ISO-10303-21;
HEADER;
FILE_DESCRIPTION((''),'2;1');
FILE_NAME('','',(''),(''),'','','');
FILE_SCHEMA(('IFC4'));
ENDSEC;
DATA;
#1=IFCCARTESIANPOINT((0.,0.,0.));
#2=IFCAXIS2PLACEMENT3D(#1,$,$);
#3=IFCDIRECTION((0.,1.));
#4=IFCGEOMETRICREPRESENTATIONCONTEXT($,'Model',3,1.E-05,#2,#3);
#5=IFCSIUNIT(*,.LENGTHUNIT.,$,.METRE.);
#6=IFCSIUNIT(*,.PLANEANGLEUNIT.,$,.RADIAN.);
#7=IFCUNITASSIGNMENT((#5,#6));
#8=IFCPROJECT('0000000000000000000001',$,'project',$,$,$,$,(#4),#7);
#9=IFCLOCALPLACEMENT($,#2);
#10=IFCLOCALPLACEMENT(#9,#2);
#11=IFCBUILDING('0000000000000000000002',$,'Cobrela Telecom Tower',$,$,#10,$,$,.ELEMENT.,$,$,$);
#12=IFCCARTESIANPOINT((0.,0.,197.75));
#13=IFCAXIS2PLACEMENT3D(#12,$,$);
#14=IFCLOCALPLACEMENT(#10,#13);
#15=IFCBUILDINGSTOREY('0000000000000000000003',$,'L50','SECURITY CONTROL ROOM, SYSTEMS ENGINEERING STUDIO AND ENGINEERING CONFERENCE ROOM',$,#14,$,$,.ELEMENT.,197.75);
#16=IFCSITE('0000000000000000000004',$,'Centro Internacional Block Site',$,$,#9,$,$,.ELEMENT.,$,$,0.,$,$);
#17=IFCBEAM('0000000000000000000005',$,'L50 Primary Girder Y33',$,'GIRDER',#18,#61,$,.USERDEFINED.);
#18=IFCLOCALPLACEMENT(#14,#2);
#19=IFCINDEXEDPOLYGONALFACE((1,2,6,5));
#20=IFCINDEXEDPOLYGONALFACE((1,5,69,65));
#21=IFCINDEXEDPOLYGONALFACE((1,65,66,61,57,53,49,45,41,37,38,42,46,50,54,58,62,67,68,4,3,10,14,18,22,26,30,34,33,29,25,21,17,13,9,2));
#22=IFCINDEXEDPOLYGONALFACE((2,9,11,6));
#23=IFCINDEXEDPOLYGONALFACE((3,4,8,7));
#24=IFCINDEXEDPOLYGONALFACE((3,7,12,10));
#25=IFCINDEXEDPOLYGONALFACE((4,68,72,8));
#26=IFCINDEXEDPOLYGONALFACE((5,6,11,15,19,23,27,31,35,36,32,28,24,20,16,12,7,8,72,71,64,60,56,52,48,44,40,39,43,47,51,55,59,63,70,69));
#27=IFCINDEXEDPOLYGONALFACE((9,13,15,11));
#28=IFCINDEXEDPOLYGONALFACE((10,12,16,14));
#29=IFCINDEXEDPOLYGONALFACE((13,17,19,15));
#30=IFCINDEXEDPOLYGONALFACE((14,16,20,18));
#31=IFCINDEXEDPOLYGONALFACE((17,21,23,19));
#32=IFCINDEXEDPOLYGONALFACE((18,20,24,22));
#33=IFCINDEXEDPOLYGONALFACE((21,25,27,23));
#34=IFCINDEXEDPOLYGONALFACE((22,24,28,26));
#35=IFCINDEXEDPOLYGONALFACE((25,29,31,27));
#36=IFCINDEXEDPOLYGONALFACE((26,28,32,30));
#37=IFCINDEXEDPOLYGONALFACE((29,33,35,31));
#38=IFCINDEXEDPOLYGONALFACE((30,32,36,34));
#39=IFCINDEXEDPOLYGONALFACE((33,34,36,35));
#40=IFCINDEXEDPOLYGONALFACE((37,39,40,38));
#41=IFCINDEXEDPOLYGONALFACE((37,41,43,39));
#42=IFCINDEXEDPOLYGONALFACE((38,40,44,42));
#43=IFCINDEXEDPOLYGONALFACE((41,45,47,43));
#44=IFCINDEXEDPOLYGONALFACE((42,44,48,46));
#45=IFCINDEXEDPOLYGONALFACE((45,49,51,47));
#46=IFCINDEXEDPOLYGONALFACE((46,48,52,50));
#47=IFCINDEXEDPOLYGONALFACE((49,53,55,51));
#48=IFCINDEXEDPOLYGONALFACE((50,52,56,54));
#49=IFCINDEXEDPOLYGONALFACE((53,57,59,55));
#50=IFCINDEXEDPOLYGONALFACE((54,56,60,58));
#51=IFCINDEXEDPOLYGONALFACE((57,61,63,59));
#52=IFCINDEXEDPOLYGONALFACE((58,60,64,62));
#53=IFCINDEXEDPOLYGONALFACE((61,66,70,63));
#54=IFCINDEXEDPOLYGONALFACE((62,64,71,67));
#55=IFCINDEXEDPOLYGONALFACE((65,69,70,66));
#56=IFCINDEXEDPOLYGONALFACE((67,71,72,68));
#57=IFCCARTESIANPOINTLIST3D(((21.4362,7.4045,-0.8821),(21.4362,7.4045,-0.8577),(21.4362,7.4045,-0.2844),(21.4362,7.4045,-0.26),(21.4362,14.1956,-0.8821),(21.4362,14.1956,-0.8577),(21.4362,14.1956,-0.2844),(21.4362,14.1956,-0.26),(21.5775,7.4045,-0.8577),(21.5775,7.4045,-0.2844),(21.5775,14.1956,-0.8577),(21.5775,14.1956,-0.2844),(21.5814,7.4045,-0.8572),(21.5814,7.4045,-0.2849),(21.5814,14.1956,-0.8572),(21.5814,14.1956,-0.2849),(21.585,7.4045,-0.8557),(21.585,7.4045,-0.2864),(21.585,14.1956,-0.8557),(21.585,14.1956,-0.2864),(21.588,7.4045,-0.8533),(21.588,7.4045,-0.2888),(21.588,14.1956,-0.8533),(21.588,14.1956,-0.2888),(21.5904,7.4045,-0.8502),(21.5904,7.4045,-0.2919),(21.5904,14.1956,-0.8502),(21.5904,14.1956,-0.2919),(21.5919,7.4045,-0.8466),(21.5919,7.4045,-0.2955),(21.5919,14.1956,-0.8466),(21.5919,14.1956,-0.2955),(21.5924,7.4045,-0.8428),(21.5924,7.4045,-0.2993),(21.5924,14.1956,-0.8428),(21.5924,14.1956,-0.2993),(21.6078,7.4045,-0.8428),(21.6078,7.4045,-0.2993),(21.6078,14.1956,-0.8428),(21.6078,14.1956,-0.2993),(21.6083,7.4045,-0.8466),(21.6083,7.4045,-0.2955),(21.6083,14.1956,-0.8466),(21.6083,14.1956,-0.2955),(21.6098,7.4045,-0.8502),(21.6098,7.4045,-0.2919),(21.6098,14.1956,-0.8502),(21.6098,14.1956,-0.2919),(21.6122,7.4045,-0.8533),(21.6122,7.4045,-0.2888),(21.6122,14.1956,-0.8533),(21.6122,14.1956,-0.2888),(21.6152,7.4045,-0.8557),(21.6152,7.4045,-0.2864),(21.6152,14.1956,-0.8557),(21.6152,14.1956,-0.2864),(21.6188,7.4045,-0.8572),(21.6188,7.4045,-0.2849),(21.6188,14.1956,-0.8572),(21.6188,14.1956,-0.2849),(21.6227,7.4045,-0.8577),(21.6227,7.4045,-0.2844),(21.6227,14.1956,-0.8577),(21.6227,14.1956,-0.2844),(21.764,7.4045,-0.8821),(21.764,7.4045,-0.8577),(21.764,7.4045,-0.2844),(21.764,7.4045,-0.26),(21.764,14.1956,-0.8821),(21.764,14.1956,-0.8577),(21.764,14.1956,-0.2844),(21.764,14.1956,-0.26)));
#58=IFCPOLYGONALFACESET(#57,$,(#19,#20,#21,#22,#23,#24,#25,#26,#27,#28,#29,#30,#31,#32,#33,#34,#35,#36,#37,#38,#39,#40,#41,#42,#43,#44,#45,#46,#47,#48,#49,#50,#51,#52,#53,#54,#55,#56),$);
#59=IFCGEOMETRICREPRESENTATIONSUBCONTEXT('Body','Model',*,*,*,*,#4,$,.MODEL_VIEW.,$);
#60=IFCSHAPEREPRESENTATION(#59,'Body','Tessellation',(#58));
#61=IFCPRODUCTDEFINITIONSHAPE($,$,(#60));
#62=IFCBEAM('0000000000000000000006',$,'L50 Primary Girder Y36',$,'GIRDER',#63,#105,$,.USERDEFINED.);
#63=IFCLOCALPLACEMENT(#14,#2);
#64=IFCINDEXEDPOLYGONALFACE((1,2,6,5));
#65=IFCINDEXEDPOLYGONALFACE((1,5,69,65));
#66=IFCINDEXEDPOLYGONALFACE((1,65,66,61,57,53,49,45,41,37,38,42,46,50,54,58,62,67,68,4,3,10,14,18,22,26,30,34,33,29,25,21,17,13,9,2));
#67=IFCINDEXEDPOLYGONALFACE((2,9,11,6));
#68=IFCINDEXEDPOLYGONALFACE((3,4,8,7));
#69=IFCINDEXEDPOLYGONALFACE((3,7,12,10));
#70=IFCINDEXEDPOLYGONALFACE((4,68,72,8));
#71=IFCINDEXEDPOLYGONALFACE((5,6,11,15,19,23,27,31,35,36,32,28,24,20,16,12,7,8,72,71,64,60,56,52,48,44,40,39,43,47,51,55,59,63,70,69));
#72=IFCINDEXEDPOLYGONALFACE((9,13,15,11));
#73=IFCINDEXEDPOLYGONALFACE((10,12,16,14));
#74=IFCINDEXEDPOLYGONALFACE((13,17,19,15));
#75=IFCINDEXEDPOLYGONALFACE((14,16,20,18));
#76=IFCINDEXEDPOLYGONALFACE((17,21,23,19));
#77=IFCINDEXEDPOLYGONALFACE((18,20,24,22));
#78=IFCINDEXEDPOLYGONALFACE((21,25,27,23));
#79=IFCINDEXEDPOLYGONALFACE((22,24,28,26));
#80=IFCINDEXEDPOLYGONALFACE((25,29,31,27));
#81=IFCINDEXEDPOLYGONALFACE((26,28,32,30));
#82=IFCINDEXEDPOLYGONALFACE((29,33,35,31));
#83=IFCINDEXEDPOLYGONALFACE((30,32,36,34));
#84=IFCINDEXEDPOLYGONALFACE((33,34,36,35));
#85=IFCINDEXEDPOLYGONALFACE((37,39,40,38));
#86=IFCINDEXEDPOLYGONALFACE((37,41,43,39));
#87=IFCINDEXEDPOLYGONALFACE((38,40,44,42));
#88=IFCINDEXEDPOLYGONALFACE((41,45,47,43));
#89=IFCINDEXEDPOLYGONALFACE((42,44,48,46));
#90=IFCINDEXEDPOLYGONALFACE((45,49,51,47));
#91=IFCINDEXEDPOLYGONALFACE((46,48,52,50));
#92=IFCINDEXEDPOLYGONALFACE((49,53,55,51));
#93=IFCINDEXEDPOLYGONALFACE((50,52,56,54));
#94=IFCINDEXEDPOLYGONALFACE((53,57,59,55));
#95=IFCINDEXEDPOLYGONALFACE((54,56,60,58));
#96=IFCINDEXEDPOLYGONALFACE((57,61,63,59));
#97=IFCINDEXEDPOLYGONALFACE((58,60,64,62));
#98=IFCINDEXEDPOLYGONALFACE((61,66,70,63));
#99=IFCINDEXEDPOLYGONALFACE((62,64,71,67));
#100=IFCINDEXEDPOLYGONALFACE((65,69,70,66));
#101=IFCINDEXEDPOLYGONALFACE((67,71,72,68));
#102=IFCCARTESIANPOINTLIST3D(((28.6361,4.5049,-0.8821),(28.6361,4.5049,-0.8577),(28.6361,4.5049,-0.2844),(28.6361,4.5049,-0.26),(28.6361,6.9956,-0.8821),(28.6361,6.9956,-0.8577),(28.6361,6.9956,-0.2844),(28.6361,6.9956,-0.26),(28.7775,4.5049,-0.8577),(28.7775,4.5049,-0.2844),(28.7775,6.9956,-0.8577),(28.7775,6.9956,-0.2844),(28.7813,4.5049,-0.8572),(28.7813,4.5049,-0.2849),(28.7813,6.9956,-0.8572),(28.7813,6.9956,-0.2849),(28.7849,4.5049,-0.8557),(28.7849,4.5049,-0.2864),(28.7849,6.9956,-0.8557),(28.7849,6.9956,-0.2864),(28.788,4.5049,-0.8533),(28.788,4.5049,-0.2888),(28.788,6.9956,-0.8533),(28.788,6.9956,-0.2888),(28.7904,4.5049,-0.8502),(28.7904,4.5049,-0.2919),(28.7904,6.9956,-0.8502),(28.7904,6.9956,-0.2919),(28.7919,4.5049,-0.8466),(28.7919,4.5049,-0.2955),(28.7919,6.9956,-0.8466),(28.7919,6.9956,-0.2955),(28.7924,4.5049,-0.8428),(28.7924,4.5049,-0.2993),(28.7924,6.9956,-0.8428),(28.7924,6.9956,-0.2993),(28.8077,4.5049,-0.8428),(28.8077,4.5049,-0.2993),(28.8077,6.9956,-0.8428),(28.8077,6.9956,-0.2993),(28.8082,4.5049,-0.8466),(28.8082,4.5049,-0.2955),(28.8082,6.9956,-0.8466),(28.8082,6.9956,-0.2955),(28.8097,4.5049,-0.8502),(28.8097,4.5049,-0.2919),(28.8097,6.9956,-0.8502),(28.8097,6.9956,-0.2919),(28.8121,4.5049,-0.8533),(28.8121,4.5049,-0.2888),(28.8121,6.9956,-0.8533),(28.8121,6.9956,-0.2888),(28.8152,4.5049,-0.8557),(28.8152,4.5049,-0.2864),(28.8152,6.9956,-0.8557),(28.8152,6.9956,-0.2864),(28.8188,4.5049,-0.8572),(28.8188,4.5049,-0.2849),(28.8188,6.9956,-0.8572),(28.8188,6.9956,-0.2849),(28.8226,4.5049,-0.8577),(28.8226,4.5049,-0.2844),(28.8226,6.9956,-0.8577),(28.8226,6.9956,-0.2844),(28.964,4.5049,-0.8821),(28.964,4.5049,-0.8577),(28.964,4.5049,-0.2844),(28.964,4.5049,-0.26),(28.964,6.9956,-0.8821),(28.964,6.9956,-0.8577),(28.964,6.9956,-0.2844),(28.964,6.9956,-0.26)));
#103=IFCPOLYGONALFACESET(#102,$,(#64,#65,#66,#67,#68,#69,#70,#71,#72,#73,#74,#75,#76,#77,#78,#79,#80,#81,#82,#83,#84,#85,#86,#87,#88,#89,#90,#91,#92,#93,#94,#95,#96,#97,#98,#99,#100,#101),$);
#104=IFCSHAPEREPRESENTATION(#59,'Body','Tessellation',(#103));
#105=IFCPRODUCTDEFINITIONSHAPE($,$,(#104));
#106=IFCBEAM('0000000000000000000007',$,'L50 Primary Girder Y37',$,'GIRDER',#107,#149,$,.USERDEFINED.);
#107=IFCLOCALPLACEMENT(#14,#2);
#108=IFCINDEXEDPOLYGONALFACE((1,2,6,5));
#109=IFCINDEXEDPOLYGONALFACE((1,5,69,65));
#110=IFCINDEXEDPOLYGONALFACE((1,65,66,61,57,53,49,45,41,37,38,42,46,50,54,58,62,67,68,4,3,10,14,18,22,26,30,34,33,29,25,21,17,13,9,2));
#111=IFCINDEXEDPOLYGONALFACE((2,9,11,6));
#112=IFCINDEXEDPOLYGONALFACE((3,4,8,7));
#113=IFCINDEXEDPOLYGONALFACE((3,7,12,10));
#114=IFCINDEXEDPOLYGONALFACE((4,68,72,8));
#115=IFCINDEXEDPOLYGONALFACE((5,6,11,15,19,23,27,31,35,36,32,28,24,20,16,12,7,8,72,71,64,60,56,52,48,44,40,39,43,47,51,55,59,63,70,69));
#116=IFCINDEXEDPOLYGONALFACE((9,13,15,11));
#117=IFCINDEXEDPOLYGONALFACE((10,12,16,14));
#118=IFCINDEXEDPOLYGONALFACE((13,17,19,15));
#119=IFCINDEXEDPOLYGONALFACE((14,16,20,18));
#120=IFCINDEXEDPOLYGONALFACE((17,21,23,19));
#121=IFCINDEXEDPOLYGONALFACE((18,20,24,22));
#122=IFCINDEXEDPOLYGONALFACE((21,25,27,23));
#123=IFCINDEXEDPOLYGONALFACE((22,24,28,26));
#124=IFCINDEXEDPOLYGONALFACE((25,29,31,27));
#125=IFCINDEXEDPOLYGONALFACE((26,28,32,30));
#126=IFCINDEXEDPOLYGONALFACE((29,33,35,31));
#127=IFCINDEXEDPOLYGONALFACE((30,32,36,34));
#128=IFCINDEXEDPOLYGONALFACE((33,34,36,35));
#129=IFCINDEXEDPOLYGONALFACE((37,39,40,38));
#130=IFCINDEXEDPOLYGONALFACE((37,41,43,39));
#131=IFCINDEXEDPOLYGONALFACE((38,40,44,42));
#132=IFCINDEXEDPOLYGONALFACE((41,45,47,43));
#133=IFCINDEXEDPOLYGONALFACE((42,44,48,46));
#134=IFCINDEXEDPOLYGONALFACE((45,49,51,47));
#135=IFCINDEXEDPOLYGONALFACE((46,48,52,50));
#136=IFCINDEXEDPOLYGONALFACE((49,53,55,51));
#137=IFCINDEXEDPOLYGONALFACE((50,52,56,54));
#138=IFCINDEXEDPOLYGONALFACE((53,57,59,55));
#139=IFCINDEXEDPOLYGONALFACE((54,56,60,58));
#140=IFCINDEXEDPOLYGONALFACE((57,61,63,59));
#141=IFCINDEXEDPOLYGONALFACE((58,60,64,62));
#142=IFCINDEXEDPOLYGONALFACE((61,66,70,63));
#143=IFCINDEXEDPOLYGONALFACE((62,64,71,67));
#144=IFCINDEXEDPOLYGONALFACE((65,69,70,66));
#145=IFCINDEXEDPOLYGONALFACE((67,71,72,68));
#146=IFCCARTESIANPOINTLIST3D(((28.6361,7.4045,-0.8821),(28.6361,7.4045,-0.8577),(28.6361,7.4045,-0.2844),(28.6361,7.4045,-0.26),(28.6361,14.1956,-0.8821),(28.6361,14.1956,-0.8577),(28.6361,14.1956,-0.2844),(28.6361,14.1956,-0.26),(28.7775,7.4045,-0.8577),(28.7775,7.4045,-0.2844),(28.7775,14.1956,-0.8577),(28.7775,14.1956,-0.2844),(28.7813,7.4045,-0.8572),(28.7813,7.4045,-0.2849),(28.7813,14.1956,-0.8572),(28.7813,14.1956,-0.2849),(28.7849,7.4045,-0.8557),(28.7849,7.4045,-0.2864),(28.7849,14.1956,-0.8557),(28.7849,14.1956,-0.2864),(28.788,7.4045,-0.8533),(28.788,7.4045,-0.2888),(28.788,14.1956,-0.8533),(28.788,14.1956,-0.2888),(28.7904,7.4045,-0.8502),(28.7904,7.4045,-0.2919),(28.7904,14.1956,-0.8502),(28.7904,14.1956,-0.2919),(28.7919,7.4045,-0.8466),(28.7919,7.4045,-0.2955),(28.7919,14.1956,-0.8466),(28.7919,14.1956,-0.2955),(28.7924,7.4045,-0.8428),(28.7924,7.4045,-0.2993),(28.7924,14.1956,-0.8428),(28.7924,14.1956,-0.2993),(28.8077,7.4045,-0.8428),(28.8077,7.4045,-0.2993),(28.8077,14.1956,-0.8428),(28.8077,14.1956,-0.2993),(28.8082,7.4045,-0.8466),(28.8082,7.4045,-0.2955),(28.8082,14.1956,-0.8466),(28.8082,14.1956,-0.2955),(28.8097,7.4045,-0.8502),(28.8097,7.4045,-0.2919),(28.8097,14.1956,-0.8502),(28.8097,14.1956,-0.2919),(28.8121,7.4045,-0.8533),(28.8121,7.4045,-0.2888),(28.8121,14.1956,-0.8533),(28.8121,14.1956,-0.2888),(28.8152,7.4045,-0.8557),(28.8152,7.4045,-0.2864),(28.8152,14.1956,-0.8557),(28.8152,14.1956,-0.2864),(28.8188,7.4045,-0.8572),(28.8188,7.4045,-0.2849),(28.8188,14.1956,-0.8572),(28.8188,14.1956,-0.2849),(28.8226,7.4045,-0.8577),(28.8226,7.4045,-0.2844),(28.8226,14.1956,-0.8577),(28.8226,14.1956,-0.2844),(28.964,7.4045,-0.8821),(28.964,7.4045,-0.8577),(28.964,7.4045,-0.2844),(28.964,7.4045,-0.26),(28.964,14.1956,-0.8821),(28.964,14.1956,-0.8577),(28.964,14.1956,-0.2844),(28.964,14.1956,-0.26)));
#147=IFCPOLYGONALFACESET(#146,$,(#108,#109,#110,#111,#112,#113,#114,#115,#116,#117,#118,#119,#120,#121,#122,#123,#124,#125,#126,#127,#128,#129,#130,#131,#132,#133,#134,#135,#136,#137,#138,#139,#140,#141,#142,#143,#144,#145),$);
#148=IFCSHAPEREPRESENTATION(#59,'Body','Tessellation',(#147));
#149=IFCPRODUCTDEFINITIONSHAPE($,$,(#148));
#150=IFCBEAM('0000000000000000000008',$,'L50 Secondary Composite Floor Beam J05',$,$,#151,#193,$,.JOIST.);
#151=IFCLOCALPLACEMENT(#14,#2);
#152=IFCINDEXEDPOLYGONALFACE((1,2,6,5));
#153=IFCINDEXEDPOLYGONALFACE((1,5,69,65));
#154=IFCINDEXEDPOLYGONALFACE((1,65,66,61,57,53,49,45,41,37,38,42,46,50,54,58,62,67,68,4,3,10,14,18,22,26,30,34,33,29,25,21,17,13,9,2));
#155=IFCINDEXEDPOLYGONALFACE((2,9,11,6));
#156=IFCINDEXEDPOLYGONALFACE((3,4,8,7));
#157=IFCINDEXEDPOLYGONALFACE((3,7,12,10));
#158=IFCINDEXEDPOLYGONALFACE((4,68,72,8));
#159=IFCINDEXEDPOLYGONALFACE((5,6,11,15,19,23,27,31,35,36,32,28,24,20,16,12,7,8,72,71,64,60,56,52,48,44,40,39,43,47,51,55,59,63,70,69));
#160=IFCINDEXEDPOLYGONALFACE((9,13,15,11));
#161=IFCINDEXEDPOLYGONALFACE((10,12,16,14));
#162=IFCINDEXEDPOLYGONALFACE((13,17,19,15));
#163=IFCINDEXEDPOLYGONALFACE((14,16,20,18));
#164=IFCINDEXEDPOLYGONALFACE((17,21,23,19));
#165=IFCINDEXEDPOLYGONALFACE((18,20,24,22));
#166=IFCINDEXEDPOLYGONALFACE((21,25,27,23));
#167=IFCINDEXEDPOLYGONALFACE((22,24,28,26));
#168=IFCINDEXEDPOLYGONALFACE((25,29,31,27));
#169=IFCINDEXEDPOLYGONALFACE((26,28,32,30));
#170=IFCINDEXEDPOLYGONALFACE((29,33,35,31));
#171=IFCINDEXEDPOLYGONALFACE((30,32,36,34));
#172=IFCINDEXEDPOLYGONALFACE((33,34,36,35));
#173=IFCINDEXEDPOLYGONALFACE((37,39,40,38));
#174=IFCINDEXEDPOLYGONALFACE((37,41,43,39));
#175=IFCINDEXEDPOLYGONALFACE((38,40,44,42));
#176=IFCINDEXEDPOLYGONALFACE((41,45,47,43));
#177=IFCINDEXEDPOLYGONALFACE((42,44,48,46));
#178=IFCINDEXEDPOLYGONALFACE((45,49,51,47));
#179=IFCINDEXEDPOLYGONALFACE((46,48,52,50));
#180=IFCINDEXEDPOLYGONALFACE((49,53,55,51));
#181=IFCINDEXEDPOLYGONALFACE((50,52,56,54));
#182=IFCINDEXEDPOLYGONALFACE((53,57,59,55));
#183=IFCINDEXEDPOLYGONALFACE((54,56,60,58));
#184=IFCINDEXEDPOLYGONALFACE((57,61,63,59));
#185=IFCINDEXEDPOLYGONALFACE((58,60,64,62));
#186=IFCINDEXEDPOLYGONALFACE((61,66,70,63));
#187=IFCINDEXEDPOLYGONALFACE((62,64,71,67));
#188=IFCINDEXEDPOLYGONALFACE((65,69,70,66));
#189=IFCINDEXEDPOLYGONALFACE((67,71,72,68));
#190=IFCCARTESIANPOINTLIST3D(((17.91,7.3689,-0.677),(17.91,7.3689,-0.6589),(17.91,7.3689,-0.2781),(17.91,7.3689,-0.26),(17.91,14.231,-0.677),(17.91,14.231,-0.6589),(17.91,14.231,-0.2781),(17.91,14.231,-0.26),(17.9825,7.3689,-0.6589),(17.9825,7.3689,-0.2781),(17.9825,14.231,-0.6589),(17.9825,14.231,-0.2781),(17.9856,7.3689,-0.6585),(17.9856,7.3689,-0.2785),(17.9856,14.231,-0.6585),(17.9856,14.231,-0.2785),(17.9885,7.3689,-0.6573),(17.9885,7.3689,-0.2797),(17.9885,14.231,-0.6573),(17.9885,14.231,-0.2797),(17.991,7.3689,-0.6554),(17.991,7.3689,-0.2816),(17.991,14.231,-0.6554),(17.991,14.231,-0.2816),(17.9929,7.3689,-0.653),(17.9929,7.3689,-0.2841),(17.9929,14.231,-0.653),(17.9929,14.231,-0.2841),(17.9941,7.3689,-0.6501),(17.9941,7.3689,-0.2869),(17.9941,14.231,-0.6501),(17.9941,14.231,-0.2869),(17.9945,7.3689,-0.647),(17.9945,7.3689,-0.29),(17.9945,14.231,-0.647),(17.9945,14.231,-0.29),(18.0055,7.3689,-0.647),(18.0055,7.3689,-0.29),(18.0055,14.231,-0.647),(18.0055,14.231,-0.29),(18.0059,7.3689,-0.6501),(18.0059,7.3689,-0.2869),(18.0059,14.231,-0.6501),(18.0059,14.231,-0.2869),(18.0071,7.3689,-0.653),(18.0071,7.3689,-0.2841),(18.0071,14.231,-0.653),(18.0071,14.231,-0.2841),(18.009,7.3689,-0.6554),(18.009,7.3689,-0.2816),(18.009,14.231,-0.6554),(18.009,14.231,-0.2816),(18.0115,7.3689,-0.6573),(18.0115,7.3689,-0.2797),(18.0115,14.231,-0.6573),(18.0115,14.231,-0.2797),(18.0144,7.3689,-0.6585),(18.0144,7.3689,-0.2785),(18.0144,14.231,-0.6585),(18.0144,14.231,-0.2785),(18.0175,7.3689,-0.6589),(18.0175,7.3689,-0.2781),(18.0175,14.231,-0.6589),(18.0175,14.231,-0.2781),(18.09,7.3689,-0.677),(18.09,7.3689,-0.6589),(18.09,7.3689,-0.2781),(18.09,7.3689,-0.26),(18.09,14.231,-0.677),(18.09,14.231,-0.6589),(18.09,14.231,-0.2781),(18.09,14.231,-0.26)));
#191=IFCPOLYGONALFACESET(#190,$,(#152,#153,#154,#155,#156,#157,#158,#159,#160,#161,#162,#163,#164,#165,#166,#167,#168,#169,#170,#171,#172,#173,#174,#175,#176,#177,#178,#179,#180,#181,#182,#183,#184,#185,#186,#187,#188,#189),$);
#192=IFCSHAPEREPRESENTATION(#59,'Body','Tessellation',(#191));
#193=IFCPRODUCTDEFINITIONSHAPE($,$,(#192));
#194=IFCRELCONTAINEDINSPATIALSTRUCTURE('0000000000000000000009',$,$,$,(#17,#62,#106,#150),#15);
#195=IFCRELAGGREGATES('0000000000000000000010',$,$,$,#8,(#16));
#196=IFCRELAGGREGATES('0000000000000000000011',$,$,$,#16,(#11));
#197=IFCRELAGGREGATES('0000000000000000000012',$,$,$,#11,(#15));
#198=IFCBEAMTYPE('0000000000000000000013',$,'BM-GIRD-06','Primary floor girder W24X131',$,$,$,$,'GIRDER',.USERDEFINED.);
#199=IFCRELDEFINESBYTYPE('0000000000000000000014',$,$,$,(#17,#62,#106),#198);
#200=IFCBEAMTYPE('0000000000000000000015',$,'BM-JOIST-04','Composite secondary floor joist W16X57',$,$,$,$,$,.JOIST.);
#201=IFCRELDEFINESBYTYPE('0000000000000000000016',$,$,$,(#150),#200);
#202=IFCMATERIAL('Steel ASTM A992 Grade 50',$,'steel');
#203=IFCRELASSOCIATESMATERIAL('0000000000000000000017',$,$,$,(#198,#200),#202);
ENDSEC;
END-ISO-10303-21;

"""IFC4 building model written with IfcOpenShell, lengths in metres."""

from ifc_helpers import new_model, si_unit, direction, frame, origin, origin_2d, place, context, subcontext, project, spatial, i_section, extrude, material, material_profile, profile_set, type_object, element, save


model = new_model("IFC4")

# Units and contexts
model_context = context("Model", 3, precision=1e-05, world=origin(), true_north=direction((0.0, 1.0)))
body_context = subcontext(model_context, "Body", "Model", "MODEL_VIEW")
ifc_project = project(units=[si_unit("LENGTHUNIT", "METRE"), si_unit("PLANEANGLEUNIT", "RADIAN")], contexts=[model_context])

# Site, building, storey
site_placement = place(None, origin())
site = spatial("IfcSite", under=ifc_project, at=site_placement, Name="Centro Internacional Block Site", CompositionType="ELEMENT", RefElevation=0.0)
building_placement = place(site_placement, origin())
building = spatial("IfcBuilding", under=site, at=building_placement, Name="Cobrela Telecom Tower", CompositionType="ELEMENT")
storey_placement = place(building_placement, frame((0.0, 0.0, 197.75)))
storey = spatial("IfcBuildingStorey", under=building, at=storey_placement, Name="L50", Description="SECURITY CONTROL ROOM, SYSTEMS ENGINEERING STUDIO AND ENGINEERING CONFERENCE ROOM", CompositionType="ELEMENT", Elevation=197.75)

# Shared definitions
ifc_material_1 = material(Name="Steel ASTM A992 Grade 50", Category="steel")

# Beams
ifc_material_profile_1 = material_profile(ifc_material_1, i_section(OverallWidth=0.3279, OverallDepth=0.6221, WebThickness=0.0154, FlangeThickness=0.0244, FilletRadius=0.0149, at=origin_2d()), Name="W24X131")
ifc_profile_set_1 = profile_set([ifc_material_profile_1], Name="Steel ASTM A992 Grade 50")
beam_type_1 = type_object("IfcBeamType", Name="BM-GIRD-06", Description="Primary floor girder W24X131", ElementType="GIRDER", PredefinedType="USERDEFINED", material=ifc_profile_set_1)
beam_1_placement = place(storey_placement, frame((21.6001, 7.4045, -0.571), z_axis=(0.0, 1.0, 0.0), x_axis=(-1.0, 0.0, 0.0)))
element("IfcBeam", 1, at=beam_1_placement, inside=storey, type_object=beam_type_1, Name="L50 Primary Girder Y33", ObjectType="GIRDER", PredefinedType="USERDEFINED", context=body_context, shape_type="SweptSolid", body=[
    extrude(i_section(OverallWidth=0.3279, OverallDepth=0.6221, WebThickness=0.0154, FlangeThickness=0.0244, FilletRadius=0.0149, at=origin_2d()), origin(), (0.0, 0.0, 1.0), 6.791),
])
beam_2_placement = place(storey_placement, frame((28.8, 4.5049, -0.571), z_axis=(0.0, 1.0, 0.0), x_axis=(-1.0, 0.0, 0.0)))
element("IfcBeam", 2, at=beam_2_placement, inside=storey, type_object=beam_type_1, Name="L50 Primary Girder Y36", ObjectType="GIRDER", PredefinedType="USERDEFINED", context=body_context, shape_type="SweptSolid", body=[
    extrude(i_section(OverallWidth=0.3279, OverallDepth=0.6221, WebThickness=0.0154, FlangeThickness=0.0244, FilletRadius=0.0149, at=origin_2d()), origin(), (0.0, 0.0, 1.0), 2.4907),
])
beam_3_placement = place(storey_placement, frame((28.8, 7.4045, -0.571), z_axis=(0.0, 1.0, 0.0), x_axis=(-1.0, 0.0, 0.0)))
element("IfcBeam", 3, at=beam_3_placement, inside=storey, type_object=beam_type_1, Name="L50 Primary Girder Y37", ObjectType="GIRDER", PredefinedType="USERDEFINED", context=body_context, shape_type="SweptSolid", body=[
    extrude(i_section(OverallWidth=0.3279, OverallDepth=0.6221, WebThickness=0.0154, FlangeThickness=0.0244, FilletRadius=0.0149, at=origin_2d()), origin(), (0.0, 0.0, 1.0), 6.791),
])
ifc_material_profile_2 = material_profile(ifc_material_1, i_section(OverallWidth=0.1799, OverallDepth=0.417, WebThickness=0.011, FlangeThickness=0.0181, FilletRadius=0.012, at=origin_2d()), Name="W16X57")
ifc_profile_set_2 = profile_set([ifc_material_profile_2], Name="Steel ASTM A992 Grade 50")
beam_type_2 = type_object("IfcBeamType", Name="BM-JOIST-04", Description="Composite secondary floor joist W16X57", PredefinedType="JOIST", material=ifc_profile_set_2)
for number, where, z_axis, x_axis, name in (
    (4, (18.0, 7.3689, -0.4685), (0.0, 1.0, 0.0), (-1.0, 0.0, 0.0), "L50 Secondary Composite Floor Beam J05"),
):
    element("IfcBeam", number, at=place(storey_placement, frame(where, z_axis=z_axis, x_axis=x_axis)), inside=storey, type_object=beam_type_2, Name=name, PredefinedType="JOIST", context=body_context, shape_type="SweptSolid", body=[
        extrude(i_section(OverallWidth=0.1799, OverallDepth=0.417, WebThickness=0.011, FlangeThickness=0.0181, FilletRadius=0.012, at=origin_2d()), origin(), (0.0, 0.0, 1.0), 6.8621),
    ])

save(model, "model.ifc")
